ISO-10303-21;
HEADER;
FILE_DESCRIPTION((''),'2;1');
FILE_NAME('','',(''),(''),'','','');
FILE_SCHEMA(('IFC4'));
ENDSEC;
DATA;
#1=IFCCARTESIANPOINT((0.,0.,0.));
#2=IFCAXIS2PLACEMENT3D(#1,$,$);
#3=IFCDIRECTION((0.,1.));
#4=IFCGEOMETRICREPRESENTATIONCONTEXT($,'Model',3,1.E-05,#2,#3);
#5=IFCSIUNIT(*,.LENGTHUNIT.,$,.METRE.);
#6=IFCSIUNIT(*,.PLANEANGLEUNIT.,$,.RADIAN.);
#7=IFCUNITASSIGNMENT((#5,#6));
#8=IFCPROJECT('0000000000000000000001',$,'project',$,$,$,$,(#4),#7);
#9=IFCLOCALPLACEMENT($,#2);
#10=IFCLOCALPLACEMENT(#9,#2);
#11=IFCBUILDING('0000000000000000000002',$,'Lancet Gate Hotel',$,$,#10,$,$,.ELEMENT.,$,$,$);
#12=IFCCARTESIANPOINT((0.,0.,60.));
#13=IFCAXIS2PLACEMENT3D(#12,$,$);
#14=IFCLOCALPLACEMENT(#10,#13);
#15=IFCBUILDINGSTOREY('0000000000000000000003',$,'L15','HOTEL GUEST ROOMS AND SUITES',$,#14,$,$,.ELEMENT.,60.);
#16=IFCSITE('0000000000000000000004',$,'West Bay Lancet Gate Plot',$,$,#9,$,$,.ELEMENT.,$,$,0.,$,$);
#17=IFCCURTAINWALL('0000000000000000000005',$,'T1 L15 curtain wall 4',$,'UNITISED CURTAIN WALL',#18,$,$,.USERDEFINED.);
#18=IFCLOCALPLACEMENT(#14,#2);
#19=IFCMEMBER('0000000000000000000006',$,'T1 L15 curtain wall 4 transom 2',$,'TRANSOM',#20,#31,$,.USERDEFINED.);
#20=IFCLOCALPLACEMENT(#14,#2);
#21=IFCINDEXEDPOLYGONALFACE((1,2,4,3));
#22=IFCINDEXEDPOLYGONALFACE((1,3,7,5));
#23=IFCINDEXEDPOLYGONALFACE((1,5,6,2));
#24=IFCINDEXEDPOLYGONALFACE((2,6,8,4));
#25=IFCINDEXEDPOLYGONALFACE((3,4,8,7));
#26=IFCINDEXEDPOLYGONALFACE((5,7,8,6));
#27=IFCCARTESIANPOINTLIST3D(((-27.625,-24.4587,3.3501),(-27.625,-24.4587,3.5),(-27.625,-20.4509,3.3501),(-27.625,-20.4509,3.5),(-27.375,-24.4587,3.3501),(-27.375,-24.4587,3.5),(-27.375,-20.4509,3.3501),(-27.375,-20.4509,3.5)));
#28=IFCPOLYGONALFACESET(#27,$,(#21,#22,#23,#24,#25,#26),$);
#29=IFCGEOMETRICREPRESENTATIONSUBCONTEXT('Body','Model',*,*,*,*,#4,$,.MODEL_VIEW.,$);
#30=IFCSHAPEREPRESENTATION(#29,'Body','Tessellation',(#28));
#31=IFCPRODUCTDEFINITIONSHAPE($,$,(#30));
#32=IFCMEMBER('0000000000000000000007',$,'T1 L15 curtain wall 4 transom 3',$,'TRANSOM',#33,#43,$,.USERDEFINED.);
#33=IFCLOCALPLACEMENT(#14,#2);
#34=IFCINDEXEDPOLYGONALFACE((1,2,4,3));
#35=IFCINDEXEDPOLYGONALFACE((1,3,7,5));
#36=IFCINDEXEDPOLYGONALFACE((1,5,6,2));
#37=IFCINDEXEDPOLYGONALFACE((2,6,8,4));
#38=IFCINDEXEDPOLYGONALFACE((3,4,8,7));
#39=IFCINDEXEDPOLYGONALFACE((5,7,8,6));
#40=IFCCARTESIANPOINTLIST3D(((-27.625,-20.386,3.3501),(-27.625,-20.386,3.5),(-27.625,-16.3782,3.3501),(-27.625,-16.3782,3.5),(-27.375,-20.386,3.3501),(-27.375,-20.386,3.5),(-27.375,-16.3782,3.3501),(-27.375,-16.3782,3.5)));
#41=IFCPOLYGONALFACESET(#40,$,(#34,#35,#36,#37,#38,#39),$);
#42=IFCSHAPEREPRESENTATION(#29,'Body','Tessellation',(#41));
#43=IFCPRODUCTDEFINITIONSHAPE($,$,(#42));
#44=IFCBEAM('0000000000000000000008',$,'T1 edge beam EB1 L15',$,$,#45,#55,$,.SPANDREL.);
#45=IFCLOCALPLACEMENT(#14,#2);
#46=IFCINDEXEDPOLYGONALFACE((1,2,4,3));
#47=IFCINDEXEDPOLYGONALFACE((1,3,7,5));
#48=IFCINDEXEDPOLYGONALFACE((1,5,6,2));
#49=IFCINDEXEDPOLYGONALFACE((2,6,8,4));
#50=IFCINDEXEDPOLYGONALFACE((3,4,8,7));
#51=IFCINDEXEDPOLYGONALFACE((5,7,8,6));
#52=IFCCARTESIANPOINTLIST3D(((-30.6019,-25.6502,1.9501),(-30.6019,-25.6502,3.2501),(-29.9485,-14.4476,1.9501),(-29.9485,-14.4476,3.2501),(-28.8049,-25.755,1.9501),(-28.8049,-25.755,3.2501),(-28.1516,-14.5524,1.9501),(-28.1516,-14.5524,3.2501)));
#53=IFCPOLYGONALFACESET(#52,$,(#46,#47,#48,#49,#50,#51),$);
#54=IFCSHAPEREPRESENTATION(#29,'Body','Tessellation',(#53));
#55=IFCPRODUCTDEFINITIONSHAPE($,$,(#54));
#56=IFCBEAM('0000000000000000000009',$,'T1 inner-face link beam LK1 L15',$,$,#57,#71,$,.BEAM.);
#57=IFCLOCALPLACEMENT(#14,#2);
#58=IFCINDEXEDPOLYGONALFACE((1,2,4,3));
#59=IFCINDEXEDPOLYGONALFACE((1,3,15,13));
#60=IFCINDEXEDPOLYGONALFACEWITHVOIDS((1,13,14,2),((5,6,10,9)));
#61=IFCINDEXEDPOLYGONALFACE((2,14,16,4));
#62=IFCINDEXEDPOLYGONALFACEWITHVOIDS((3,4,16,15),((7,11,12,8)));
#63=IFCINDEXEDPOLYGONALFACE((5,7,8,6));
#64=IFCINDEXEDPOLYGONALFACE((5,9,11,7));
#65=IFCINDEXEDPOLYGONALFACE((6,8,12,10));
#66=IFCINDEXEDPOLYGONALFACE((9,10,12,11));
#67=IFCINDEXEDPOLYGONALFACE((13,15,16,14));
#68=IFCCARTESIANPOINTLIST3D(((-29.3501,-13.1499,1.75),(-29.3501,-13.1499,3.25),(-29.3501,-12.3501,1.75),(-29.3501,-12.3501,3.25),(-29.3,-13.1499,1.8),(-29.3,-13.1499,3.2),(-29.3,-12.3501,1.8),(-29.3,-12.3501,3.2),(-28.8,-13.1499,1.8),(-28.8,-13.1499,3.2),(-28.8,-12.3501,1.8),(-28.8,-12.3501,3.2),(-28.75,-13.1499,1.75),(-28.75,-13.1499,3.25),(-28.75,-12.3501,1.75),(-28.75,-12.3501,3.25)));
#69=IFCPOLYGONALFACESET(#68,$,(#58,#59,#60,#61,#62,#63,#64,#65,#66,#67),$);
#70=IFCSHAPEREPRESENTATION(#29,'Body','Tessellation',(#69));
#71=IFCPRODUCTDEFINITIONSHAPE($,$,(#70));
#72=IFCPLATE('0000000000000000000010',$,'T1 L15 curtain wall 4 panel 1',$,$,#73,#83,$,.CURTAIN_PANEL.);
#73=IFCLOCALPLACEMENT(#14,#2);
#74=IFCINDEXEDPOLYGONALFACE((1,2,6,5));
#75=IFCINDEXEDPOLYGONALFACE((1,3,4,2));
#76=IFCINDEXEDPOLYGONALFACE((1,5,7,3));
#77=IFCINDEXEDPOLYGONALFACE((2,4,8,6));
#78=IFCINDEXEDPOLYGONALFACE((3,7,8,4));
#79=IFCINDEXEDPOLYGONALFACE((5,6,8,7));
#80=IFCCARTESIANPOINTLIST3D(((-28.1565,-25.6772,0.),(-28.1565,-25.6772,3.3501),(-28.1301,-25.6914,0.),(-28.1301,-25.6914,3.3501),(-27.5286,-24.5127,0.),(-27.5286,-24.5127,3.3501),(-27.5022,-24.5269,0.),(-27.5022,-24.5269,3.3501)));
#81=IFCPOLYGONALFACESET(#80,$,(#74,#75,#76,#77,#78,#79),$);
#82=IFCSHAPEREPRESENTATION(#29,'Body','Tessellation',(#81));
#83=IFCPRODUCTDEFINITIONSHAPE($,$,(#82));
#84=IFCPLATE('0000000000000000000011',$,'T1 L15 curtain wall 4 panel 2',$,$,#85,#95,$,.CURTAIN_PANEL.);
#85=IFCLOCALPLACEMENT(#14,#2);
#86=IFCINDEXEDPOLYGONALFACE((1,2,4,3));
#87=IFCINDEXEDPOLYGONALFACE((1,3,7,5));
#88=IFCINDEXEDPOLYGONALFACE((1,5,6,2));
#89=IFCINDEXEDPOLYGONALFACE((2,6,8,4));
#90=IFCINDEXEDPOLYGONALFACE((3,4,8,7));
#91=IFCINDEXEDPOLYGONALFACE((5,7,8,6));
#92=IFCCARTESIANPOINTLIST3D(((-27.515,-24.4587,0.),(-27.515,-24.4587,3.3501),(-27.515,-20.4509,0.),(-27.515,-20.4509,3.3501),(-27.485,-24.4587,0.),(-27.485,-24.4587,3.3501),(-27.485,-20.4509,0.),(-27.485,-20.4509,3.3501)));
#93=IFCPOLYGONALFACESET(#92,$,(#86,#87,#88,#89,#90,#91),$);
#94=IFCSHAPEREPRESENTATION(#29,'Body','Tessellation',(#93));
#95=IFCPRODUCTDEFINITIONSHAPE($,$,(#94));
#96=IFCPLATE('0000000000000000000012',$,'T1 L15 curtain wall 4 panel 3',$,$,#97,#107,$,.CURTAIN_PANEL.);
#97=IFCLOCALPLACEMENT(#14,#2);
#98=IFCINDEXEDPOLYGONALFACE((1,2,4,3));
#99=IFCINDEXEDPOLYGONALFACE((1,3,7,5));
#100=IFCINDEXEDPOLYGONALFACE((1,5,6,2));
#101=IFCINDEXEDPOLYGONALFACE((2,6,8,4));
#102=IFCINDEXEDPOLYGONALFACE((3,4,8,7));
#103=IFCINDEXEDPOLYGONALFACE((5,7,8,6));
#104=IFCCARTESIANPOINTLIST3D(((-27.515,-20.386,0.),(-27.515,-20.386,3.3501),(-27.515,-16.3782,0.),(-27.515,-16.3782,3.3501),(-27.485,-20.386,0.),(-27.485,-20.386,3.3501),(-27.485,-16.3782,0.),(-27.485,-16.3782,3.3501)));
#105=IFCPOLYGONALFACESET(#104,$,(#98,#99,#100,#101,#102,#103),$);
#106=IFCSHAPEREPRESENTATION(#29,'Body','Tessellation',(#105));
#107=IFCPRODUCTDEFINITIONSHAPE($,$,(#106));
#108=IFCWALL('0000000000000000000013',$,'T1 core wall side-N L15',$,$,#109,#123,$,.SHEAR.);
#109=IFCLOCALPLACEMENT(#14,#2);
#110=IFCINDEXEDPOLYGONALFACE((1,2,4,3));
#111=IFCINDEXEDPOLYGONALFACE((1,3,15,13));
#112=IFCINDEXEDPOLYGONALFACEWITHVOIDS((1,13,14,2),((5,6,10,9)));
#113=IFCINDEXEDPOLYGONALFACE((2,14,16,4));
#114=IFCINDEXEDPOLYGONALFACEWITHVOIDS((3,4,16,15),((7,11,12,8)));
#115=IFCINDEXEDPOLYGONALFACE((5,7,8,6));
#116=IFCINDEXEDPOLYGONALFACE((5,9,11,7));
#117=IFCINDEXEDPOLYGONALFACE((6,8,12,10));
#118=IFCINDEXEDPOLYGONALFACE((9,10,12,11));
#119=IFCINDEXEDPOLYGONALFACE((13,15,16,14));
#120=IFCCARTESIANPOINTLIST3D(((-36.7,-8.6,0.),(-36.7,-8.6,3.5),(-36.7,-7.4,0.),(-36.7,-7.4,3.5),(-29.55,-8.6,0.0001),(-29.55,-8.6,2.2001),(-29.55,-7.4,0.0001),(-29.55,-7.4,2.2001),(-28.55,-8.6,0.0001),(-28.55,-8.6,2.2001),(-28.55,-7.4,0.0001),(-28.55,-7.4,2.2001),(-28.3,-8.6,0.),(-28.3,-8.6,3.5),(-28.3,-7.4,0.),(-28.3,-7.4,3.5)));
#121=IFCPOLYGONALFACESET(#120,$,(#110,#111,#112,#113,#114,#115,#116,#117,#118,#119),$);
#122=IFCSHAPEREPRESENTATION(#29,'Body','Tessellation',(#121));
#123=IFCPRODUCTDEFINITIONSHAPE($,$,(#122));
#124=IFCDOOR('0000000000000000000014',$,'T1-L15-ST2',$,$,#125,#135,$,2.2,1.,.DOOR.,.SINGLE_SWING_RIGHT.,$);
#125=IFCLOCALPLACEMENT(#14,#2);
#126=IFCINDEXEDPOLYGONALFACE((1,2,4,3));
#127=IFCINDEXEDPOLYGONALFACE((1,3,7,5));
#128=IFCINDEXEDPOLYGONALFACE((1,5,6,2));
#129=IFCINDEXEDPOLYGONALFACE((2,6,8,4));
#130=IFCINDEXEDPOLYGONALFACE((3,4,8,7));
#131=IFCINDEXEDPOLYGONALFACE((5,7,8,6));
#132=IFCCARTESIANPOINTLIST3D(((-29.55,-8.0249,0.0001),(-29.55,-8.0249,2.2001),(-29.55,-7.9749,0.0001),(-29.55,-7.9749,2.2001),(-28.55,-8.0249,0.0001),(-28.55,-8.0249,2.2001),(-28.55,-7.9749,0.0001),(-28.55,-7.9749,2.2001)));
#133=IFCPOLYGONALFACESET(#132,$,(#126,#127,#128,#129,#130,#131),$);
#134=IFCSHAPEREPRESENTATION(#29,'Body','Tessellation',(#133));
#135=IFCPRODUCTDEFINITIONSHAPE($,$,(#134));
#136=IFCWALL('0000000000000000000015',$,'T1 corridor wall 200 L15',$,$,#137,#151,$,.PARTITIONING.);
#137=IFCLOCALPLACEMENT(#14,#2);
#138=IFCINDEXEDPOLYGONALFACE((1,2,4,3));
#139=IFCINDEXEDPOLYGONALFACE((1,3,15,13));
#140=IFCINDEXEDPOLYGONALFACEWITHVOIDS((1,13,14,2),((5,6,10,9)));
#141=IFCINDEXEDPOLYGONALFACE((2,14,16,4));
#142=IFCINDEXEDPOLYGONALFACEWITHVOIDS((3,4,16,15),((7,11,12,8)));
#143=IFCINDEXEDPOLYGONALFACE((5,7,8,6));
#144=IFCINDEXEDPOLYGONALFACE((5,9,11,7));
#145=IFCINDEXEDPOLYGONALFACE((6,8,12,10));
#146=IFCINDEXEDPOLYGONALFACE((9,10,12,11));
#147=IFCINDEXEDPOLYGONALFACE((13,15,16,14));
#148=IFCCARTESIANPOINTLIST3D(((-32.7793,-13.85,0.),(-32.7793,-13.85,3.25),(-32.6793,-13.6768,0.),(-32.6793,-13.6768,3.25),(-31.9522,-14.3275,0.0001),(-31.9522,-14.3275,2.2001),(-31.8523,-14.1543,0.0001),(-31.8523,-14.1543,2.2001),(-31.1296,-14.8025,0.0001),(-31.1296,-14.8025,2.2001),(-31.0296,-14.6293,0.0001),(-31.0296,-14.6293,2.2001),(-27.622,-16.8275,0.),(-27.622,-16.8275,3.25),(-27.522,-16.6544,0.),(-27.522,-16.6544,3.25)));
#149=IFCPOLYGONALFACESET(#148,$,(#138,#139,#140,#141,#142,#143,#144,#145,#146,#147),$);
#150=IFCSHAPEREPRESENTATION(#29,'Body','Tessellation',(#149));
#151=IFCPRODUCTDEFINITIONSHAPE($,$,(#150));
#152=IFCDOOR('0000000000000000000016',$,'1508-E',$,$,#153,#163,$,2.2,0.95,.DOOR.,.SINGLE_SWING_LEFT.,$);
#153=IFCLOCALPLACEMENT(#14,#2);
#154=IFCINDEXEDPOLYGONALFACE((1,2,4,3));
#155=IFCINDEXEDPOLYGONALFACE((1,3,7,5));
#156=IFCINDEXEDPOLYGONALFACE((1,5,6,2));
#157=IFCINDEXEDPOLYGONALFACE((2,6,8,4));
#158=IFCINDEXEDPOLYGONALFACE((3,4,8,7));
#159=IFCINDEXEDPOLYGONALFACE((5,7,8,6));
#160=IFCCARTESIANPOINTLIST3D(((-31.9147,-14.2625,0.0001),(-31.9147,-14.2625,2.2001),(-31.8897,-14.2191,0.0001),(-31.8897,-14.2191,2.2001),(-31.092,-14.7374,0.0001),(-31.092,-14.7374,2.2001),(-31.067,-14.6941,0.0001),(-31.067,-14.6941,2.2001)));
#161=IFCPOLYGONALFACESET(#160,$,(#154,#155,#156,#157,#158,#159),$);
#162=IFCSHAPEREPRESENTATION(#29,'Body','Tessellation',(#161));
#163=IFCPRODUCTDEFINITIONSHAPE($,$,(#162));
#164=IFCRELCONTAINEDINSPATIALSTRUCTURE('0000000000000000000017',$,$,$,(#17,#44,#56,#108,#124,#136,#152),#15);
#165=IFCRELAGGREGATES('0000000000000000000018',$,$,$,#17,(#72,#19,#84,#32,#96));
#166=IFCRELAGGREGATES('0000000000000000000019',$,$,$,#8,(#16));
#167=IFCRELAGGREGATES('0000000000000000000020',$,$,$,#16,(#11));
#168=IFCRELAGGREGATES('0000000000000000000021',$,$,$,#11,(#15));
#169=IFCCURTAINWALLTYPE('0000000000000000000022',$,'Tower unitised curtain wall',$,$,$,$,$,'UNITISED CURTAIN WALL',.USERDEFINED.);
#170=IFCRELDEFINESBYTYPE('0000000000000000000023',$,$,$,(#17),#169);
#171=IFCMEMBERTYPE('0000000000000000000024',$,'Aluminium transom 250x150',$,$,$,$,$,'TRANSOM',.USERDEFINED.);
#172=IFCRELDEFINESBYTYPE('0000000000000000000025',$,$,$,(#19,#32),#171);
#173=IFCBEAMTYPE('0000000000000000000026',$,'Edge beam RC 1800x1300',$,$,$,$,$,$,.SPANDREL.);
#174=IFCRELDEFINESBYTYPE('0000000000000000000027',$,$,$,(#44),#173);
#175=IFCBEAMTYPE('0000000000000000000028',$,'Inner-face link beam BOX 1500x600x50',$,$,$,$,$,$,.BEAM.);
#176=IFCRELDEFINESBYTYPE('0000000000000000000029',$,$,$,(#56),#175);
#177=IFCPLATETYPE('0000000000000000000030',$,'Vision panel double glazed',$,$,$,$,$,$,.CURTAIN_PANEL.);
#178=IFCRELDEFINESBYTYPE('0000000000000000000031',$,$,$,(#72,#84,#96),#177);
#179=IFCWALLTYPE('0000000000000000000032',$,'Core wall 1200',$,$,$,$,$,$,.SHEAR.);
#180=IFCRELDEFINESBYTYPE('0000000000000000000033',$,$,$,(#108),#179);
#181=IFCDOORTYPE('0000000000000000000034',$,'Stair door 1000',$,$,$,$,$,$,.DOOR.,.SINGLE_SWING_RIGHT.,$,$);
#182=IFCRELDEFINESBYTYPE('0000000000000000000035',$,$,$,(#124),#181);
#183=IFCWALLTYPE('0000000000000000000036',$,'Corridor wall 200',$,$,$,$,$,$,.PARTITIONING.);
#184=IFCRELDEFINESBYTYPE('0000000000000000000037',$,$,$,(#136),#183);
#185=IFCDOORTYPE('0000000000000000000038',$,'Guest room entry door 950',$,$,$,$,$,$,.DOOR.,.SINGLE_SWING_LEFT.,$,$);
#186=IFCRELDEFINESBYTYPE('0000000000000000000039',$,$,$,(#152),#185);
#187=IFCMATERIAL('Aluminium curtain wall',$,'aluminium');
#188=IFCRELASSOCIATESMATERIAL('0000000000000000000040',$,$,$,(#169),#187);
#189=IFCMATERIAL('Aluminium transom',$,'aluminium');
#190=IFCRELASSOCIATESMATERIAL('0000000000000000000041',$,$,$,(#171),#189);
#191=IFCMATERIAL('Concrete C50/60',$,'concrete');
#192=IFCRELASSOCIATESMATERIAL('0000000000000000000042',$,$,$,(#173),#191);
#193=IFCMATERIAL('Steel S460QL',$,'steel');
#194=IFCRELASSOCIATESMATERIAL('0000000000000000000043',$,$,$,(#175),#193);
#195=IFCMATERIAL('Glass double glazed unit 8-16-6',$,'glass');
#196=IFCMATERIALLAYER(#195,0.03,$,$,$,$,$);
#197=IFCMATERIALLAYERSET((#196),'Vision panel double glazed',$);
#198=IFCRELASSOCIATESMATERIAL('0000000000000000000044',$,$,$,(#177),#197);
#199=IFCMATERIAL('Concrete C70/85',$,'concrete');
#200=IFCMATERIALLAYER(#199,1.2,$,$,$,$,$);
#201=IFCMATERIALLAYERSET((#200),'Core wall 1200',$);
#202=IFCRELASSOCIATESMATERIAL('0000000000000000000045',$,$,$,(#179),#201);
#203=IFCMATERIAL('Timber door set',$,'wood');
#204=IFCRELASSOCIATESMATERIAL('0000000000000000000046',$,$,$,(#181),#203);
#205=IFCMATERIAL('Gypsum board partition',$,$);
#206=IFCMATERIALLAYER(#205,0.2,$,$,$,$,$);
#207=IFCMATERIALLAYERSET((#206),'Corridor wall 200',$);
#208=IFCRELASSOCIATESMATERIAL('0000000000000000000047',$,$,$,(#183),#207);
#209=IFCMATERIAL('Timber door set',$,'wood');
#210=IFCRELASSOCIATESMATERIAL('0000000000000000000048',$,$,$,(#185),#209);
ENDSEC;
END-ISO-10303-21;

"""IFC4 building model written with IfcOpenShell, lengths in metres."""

from ifc_helpers import new_model, si_unit, direction, frame, frame_2d, origin, origin_2d, place, context, subcontext, project, spatial, rectangle, hollow_rectangle, extrude, material, layer, layer_set, material_profile, profile_set, type_object, element, fill, aggregate, save


model = new_model("IFC4")

# Units and contexts
model_context = context("Model", 3, precision=1e-05, world=origin(), true_north=direction((0.0, 1.0)))
body_context = subcontext(model_context, "Body", "Model", "MODEL_VIEW")
ifc_project = project(units=[si_unit("LENGTHUNIT", "METRE"), si_unit("PLANEANGLEUNIT", "RADIAN")], contexts=[model_context])

# Site, building, storey
site_placement = place(None, origin())
site = spatial("IfcSite", under=ifc_project, at=site_placement, Name="West Bay Lancet Gate Plot", CompositionType="ELEMENT", RefElevation=0.0)
building_placement = place(site_placement, origin())
building = spatial("IfcBuilding", under=site, at=building_placement, Name="Lancet Gate Hotel", CompositionType="ELEMENT")
storey_placement = place(building_placement, frame((0.0, 0.0, 60.0)))
storey = spatial("IfcBuildingStorey", under=building, at=storey_placement, Name="L15", Description="HOTEL GUEST ROOMS AND SUITES", CompositionType="ELEMENT", Elevation=60.0)

# Curtain wall, members
ifc_material_1 = material(Name="Aluminium curtain wall", Category="aluminium")
curtain_wall_type = type_object("IfcCurtainWallType", Name="Tower unitised curtain wall", ElementType="UNITISED CURTAIN WALL", PredefinedType="USERDEFINED", material=ifc_material_1)
curtain_wall_placement = place(storey_placement, origin())
curtain_wall = element("IfcCurtainWall", 1, at=curtain_wall_placement, inside=storey, type_object=curtain_wall_type, Name="T1 L15 curtain wall 4", ObjectType="UNITISED CURTAIN WALL", PredefinedType="USERDEFINED")
ifc_material_2 = material(Name="Aluminium transom", Category="aluminium")
ifc_material_profile_1 = material_profile(ifc_material_2, rectangle(XDim=0.25, YDim=0.1499, at=origin_2d()), Name="TRANSOM 250x150")
ifc_profile_set_1 = profile_set([ifc_material_profile_1], Name="Aluminium transom")
member_type_1 = type_object("IfcMemberType", Name="Aluminium transom 250x150", ElementType="TRANSOM", PredefinedType="USERDEFINED", material=ifc_profile_set_1)
member_1_placement = place(storey_placement, frame((-27.5, -24.4587, 3.425), z_axis=(0.0, 1.0, 0.0), x_axis=(-1.0, 0.0, 0.0)))
member_1 = element("IfcMember", 2, at=member_1_placement, type_object=member_type_1, Name="T1 L15 curtain wall 4 transom 2", ObjectType="TRANSOM", PredefinedType="USERDEFINED", context=body_context, shape_type="SweptSolid", body=[
    extrude(rectangle(XDim=0.25, YDim=0.1499, at=origin_2d()), origin(), (0.0, 0.0, 1.0), 4.0078),
])
member_2_placement = place(storey_placement, frame((-27.5, -20.386, 3.425), z_axis=(0.0, 1.0, 0.0), x_axis=(-1.0, 0.0, 0.0)))
member_2 = element("IfcMember", 3, at=member_2_placement, type_object=member_type_1, Name="T1 L15 curtain wall 4 transom 3", ObjectType="TRANSOM", PredefinedType="USERDEFINED", context=body_context, shape_type="SweptSolid", body=[
    extrude(rectangle(XDim=0.25, YDim=0.1499, at=origin_2d()), origin(), (0.0, 0.0, 1.0), 4.0078),
])

# Beams
ifc_material_3 = material(Name="Concrete C50/60", Category="concrete")
ifc_material_profile_2 = material_profile(ifc_material_3, rectangle(XDim=1.8, YDim=1.3, at=origin_2d()), Name="RC 1800x1300")
ifc_profile_set_2 = profile_set([ifc_material_profile_2], Name="Concrete C50/60")
beam_type_1 = type_object("IfcBeamType", Name="Edge beam RC 1800x1300", PredefinedType="SPANDREL", material=ifc_profile_set_2)
beam_1_placement = place(storey_placement, frame((-29.05, -14.5, 2.6001), z_axis=(-0.05822, -0.998304, 0.0), x_axis=(0.998304, -0.05822, 0.0)))
element("IfcBeam", 4, at=beam_1_placement, inside=storey, type_object=beam_type_1, Name="T1 edge beam EB1 L15", PredefinedType="SPANDREL", context=body_context, shape_type="SweptSolid", body=[
    extrude(rectangle(XDim=1.8, YDim=1.3, at=origin_2d()), origin(), (0.0, 0.0, 1.0), 11.2217),
])
ifc_material_4 = material(Name="Steel S460QL", Category="steel")
ifc_material_profile_3 = material_profile(ifc_material_4, hollow_rectangle(XDim=0.6001, YDim=1.5, WallThickness=0.05, at=origin_2d()), Name="BOX 1500x600x50")
ifc_profile_set_3 = profile_set([ifc_material_profile_3], Name="Steel S460QL")
beam_type_2 = type_object("IfcBeamType", Name="Inner-face link beam BOX 1500x600x50", PredefinedType="BEAM", material=ifc_profile_set_3)
beam_2_placement = place(storey_placement, frame((-29.05, -12.3501, 2.5), z_axis=(0.0, -1.0, 0.0), x_axis=(1.0, 0.0, 0.0)))
element("IfcBeam", 5, at=beam_2_placement, inside=storey, type_object=beam_type_2, Name="T1 inner-face link beam LK1 L15", PredefinedType="BEAM", context=body_context, shape_type="SweptSolid", body=[
    extrude(hollow_rectangle(XDim=0.6001, YDim=1.5, WallThickness=0.05, at=origin_2d()), origin(), (0.0, 0.0, 1.0), 0.7998),
])

# Plates
ifc_material_5 = material(Name="Glass double glazed unit 8-16-6", Category="glass")
ifc_layer_1 = layer(ifc_material_5, 0.03)
ifc_layer_set_1 = layer_set([ifc_layer_1], Name="Vision panel double glazed")
plate_type = type_object("IfcPlateType", Name="Vision panel double glazed", PredefinedType="CURTAIN_PANEL", material=ifc_layer_set_1)
plate_1_placement = place(storey_placement, frame((-27.8293, -25.1021, 0.0), z_axis=(0.0, 0.0, 1.0), x_axis=(0.474631, 0.880185, 0.0)))
plate_1 = element("IfcPlate", 6, at=plate_1_placement, type_object=plate_type, Name="T1 L15 curtain wall 4 panel 1", PredefinedType="CURTAIN_PANEL", context=body_context, shape_type="SweptSolid", body=[
    extrude(rectangle(XDim=1.323, YDim=0.03, at=origin_2d()), origin(), (0.0, 0.0, 1.0), 3.3501),
])
plate_2_placement = place(storey_placement, frame((-27.5, -22.4548, 0.0), z_axis=(0.0, 0.0, 1.0), x_axis=(0.0, 1.0, 0.0)))
plate_2 = element("IfcPlate", 7, at=plate_2_placement, type_object=plate_type, Name="T1 L15 curtain wall 4 panel 2", PredefinedType="CURTAIN_PANEL", context=body_context, shape_type="SweptSolid", body=[
    extrude(rectangle(XDim=4.0078, YDim=0.03, at=origin_2d()), origin(), (0.0, 0.0, 1.0), 3.3501),
])
plate_3_placement = place(storey_placement, frame((-27.5, -18.3821, 0.0), z_axis=(0.0, 0.0, 1.0), x_axis=(0.0, 1.0, 0.0)))
plate_3 = element("IfcPlate", 8, at=plate_3_placement, type_object=plate_type, Name="T1 L15 curtain wall 4 panel 3", PredefinedType="CURTAIN_PANEL", context=body_context, shape_type="SweptSolid", body=[
    extrude(rectangle(XDim=4.0078, YDim=0.03, at=origin_2d()), origin(), (0.0, 0.0, 1.0), 3.3501),
])
aggregate(curtain_wall, [plate_1, member_1, plate_2, member_2, plate_3])

# Walls, openings, doors
ifc_material_6 = material(Name="Concrete C70/85", Category="concrete")
ifc_layer_2 = layer(ifc_material_6, 1.2)
ifc_layer_set_2 = layer_set([ifc_layer_2], Name="Core wall 1200")
wall_type_1 = type_object("IfcWallType", Name="Core wall 1200", PredefinedType="SHEAR", material=ifc_layer_set_2)
wall_1_placement = place(storey_placement, frame((-28.3, -8.0, 0.0), z_axis=(0.0, 0.0, 1.0), x_axis=(-1.0, 0.0, 0.0)))
wall_1 = element("IfcWall", 9, at=wall_1_placement, inside=storey, type_object=wall_type_1, Name="T1 core wall side-N L15", PredefinedType="SHEAR", context=body_context, shape_type="SweptSolid", body=[
    extrude(rectangle(XDim=8.3999, YDim=1.2, at=frame_2d((4.2, 0.0))), origin(), (0.0, 0.0, 1.0), 3.5),
])
opening_1_placement = place(wall_1_placement, frame((0.25, 0.0, 0.0)))
opening_1 = element("IfcOpeningElement", 10, at=opening_1_placement, cuts=wall_1, PredefinedType="OPENING", context=body_context, shape_type="SweptSolid", body=[
    extrude(rectangle(XDim=1.0, YDim=2.2, at=frame_2d((0.5, 1.1001))), frame((0.0, 0.6099, 0.0), z_axis=(0.0, -1.0, 0.0), x_axis=(1.0, 0.0, 0.0)), (0.0, 0.0, 1.0), 1.22),
])
ifc_material_7 = material(Name="Timber door set", Category="wood")
door_type_1 = type_object("IfcDoorType", Name="Stair door 1000", OperationType="SINGLE_SWING_RIGHT", PredefinedType="DOOR", material=ifc_material_7)
door_1_placement = place(opening_1_placement, origin())
door_1 = element("IfcDoor", 11, at=door_1_placement, inside=storey, type_object=door_type_1, Name="T1-L15-ST2", OperationType="SINGLE_SWING_RIGHT", OverallHeight=2.2, OverallWidth=1.0, PredefinedType="DOOR", context=body_context, shape_type="SweptSolid", body=[
    extrude(rectangle(XDim=1.0, YDim=2.2, at=frame_2d((0.5, 1.1001))), frame((0.0, 0.0249, 0.0), z_axis=(0.0, -1.0, 0.0), x_axis=(1.0, 0.0, 0.0)), (0.0, 0.0, 1.0), 0.05),
])
fill(opening_1, door_1)
ifc_material_8 = material(Name="Gypsum board partition")
ifc_layer_3 = layer(ifc_material_8, 0.2)
ifc_layer_set_3 = layer_set([ifc_layer_3], Name="Corridor wall 200")
wall_type_2 = type_object("IfcWallType", Name="Corridor wall 200", PredefinedType="PARTITIONING", material=ifc_layer_set_3)
wall_2_placement = place(storey_placement, frame((-27.572, -16.741, 0.0), z_axis=(0.0, 0.0, 1.0), x_axis=(-0.866024, 0.500002, 0.0)))
wall_2 = element("IfcWall", 12, at=wall_2_placement, inside=storey, type_object=wall_type_2, Name="T1 corridor wall 200 L15", PredefinedType="PARTITIONING", context=body_context, shape_type="SweptSolid", body=[
    extrude(rectangle(XDim=5.9551, YDim=0.2, at=frame_2d((2.9775, 0.0))), origin(), (0.0, 0.0, 1.0), 3.25),
])
opening_2_placement = place(wall_2_placement, frame((4.05, 0.0, 0.0)))
opening_2 = element("IfcOpeningElement", 13, at=opening_2_placement, cuts=wall_2, PredefinedType="OPENING", context=body_context, shape_type="SweptSolid", body=[
    extrude(rectangle(XDim=0.95, YDim=2.2, at=frame_2d((0.4751, 1.1001))), frame((0.0, 0.1099, 0.0), z_axis=(0.0, -1.0, 0.0), x_axis=(1.0, 0.0, 0.0)), (0.0, 0.0, 1.0), 0.22),
])
ifc_material_9 = material(Name="Timber door set", Category="wood")
door_type_2 = type_object("IfcDoorType", Name="Guest room entry door 950", OperationType="SINGLE_SWING_LEFT", PredefinedType="DOOR", material=ifc_material_9)
door_2_placement = place(opening_2_placement, origin())
door_2 = element("IfcDoor", 14, at=door_2_placement, inside=storey, type_object=door_type_2, Name="1508-E", OperationType="SINGLE_SWING_LEFT", OverallHeight=2.2, OverallWidth=0.95, PredefinedType="DOOR", context=body_context, shape_type="SweptSolid", body=[
    extrude(rectangle(XDim=0.95, YDim=2.2, at=frame_2d((0.4751, 1.1001))), frame((0.0, 0.0249, 0.0), z_axis=(0.0, -1.0, 0.0), x_axis=(1.0, 0.0, 0.0)), (0.0, 0.0, 1.0), 0.05),
])
fill(opening_2, door_2)

save(model, "model.ifc")
